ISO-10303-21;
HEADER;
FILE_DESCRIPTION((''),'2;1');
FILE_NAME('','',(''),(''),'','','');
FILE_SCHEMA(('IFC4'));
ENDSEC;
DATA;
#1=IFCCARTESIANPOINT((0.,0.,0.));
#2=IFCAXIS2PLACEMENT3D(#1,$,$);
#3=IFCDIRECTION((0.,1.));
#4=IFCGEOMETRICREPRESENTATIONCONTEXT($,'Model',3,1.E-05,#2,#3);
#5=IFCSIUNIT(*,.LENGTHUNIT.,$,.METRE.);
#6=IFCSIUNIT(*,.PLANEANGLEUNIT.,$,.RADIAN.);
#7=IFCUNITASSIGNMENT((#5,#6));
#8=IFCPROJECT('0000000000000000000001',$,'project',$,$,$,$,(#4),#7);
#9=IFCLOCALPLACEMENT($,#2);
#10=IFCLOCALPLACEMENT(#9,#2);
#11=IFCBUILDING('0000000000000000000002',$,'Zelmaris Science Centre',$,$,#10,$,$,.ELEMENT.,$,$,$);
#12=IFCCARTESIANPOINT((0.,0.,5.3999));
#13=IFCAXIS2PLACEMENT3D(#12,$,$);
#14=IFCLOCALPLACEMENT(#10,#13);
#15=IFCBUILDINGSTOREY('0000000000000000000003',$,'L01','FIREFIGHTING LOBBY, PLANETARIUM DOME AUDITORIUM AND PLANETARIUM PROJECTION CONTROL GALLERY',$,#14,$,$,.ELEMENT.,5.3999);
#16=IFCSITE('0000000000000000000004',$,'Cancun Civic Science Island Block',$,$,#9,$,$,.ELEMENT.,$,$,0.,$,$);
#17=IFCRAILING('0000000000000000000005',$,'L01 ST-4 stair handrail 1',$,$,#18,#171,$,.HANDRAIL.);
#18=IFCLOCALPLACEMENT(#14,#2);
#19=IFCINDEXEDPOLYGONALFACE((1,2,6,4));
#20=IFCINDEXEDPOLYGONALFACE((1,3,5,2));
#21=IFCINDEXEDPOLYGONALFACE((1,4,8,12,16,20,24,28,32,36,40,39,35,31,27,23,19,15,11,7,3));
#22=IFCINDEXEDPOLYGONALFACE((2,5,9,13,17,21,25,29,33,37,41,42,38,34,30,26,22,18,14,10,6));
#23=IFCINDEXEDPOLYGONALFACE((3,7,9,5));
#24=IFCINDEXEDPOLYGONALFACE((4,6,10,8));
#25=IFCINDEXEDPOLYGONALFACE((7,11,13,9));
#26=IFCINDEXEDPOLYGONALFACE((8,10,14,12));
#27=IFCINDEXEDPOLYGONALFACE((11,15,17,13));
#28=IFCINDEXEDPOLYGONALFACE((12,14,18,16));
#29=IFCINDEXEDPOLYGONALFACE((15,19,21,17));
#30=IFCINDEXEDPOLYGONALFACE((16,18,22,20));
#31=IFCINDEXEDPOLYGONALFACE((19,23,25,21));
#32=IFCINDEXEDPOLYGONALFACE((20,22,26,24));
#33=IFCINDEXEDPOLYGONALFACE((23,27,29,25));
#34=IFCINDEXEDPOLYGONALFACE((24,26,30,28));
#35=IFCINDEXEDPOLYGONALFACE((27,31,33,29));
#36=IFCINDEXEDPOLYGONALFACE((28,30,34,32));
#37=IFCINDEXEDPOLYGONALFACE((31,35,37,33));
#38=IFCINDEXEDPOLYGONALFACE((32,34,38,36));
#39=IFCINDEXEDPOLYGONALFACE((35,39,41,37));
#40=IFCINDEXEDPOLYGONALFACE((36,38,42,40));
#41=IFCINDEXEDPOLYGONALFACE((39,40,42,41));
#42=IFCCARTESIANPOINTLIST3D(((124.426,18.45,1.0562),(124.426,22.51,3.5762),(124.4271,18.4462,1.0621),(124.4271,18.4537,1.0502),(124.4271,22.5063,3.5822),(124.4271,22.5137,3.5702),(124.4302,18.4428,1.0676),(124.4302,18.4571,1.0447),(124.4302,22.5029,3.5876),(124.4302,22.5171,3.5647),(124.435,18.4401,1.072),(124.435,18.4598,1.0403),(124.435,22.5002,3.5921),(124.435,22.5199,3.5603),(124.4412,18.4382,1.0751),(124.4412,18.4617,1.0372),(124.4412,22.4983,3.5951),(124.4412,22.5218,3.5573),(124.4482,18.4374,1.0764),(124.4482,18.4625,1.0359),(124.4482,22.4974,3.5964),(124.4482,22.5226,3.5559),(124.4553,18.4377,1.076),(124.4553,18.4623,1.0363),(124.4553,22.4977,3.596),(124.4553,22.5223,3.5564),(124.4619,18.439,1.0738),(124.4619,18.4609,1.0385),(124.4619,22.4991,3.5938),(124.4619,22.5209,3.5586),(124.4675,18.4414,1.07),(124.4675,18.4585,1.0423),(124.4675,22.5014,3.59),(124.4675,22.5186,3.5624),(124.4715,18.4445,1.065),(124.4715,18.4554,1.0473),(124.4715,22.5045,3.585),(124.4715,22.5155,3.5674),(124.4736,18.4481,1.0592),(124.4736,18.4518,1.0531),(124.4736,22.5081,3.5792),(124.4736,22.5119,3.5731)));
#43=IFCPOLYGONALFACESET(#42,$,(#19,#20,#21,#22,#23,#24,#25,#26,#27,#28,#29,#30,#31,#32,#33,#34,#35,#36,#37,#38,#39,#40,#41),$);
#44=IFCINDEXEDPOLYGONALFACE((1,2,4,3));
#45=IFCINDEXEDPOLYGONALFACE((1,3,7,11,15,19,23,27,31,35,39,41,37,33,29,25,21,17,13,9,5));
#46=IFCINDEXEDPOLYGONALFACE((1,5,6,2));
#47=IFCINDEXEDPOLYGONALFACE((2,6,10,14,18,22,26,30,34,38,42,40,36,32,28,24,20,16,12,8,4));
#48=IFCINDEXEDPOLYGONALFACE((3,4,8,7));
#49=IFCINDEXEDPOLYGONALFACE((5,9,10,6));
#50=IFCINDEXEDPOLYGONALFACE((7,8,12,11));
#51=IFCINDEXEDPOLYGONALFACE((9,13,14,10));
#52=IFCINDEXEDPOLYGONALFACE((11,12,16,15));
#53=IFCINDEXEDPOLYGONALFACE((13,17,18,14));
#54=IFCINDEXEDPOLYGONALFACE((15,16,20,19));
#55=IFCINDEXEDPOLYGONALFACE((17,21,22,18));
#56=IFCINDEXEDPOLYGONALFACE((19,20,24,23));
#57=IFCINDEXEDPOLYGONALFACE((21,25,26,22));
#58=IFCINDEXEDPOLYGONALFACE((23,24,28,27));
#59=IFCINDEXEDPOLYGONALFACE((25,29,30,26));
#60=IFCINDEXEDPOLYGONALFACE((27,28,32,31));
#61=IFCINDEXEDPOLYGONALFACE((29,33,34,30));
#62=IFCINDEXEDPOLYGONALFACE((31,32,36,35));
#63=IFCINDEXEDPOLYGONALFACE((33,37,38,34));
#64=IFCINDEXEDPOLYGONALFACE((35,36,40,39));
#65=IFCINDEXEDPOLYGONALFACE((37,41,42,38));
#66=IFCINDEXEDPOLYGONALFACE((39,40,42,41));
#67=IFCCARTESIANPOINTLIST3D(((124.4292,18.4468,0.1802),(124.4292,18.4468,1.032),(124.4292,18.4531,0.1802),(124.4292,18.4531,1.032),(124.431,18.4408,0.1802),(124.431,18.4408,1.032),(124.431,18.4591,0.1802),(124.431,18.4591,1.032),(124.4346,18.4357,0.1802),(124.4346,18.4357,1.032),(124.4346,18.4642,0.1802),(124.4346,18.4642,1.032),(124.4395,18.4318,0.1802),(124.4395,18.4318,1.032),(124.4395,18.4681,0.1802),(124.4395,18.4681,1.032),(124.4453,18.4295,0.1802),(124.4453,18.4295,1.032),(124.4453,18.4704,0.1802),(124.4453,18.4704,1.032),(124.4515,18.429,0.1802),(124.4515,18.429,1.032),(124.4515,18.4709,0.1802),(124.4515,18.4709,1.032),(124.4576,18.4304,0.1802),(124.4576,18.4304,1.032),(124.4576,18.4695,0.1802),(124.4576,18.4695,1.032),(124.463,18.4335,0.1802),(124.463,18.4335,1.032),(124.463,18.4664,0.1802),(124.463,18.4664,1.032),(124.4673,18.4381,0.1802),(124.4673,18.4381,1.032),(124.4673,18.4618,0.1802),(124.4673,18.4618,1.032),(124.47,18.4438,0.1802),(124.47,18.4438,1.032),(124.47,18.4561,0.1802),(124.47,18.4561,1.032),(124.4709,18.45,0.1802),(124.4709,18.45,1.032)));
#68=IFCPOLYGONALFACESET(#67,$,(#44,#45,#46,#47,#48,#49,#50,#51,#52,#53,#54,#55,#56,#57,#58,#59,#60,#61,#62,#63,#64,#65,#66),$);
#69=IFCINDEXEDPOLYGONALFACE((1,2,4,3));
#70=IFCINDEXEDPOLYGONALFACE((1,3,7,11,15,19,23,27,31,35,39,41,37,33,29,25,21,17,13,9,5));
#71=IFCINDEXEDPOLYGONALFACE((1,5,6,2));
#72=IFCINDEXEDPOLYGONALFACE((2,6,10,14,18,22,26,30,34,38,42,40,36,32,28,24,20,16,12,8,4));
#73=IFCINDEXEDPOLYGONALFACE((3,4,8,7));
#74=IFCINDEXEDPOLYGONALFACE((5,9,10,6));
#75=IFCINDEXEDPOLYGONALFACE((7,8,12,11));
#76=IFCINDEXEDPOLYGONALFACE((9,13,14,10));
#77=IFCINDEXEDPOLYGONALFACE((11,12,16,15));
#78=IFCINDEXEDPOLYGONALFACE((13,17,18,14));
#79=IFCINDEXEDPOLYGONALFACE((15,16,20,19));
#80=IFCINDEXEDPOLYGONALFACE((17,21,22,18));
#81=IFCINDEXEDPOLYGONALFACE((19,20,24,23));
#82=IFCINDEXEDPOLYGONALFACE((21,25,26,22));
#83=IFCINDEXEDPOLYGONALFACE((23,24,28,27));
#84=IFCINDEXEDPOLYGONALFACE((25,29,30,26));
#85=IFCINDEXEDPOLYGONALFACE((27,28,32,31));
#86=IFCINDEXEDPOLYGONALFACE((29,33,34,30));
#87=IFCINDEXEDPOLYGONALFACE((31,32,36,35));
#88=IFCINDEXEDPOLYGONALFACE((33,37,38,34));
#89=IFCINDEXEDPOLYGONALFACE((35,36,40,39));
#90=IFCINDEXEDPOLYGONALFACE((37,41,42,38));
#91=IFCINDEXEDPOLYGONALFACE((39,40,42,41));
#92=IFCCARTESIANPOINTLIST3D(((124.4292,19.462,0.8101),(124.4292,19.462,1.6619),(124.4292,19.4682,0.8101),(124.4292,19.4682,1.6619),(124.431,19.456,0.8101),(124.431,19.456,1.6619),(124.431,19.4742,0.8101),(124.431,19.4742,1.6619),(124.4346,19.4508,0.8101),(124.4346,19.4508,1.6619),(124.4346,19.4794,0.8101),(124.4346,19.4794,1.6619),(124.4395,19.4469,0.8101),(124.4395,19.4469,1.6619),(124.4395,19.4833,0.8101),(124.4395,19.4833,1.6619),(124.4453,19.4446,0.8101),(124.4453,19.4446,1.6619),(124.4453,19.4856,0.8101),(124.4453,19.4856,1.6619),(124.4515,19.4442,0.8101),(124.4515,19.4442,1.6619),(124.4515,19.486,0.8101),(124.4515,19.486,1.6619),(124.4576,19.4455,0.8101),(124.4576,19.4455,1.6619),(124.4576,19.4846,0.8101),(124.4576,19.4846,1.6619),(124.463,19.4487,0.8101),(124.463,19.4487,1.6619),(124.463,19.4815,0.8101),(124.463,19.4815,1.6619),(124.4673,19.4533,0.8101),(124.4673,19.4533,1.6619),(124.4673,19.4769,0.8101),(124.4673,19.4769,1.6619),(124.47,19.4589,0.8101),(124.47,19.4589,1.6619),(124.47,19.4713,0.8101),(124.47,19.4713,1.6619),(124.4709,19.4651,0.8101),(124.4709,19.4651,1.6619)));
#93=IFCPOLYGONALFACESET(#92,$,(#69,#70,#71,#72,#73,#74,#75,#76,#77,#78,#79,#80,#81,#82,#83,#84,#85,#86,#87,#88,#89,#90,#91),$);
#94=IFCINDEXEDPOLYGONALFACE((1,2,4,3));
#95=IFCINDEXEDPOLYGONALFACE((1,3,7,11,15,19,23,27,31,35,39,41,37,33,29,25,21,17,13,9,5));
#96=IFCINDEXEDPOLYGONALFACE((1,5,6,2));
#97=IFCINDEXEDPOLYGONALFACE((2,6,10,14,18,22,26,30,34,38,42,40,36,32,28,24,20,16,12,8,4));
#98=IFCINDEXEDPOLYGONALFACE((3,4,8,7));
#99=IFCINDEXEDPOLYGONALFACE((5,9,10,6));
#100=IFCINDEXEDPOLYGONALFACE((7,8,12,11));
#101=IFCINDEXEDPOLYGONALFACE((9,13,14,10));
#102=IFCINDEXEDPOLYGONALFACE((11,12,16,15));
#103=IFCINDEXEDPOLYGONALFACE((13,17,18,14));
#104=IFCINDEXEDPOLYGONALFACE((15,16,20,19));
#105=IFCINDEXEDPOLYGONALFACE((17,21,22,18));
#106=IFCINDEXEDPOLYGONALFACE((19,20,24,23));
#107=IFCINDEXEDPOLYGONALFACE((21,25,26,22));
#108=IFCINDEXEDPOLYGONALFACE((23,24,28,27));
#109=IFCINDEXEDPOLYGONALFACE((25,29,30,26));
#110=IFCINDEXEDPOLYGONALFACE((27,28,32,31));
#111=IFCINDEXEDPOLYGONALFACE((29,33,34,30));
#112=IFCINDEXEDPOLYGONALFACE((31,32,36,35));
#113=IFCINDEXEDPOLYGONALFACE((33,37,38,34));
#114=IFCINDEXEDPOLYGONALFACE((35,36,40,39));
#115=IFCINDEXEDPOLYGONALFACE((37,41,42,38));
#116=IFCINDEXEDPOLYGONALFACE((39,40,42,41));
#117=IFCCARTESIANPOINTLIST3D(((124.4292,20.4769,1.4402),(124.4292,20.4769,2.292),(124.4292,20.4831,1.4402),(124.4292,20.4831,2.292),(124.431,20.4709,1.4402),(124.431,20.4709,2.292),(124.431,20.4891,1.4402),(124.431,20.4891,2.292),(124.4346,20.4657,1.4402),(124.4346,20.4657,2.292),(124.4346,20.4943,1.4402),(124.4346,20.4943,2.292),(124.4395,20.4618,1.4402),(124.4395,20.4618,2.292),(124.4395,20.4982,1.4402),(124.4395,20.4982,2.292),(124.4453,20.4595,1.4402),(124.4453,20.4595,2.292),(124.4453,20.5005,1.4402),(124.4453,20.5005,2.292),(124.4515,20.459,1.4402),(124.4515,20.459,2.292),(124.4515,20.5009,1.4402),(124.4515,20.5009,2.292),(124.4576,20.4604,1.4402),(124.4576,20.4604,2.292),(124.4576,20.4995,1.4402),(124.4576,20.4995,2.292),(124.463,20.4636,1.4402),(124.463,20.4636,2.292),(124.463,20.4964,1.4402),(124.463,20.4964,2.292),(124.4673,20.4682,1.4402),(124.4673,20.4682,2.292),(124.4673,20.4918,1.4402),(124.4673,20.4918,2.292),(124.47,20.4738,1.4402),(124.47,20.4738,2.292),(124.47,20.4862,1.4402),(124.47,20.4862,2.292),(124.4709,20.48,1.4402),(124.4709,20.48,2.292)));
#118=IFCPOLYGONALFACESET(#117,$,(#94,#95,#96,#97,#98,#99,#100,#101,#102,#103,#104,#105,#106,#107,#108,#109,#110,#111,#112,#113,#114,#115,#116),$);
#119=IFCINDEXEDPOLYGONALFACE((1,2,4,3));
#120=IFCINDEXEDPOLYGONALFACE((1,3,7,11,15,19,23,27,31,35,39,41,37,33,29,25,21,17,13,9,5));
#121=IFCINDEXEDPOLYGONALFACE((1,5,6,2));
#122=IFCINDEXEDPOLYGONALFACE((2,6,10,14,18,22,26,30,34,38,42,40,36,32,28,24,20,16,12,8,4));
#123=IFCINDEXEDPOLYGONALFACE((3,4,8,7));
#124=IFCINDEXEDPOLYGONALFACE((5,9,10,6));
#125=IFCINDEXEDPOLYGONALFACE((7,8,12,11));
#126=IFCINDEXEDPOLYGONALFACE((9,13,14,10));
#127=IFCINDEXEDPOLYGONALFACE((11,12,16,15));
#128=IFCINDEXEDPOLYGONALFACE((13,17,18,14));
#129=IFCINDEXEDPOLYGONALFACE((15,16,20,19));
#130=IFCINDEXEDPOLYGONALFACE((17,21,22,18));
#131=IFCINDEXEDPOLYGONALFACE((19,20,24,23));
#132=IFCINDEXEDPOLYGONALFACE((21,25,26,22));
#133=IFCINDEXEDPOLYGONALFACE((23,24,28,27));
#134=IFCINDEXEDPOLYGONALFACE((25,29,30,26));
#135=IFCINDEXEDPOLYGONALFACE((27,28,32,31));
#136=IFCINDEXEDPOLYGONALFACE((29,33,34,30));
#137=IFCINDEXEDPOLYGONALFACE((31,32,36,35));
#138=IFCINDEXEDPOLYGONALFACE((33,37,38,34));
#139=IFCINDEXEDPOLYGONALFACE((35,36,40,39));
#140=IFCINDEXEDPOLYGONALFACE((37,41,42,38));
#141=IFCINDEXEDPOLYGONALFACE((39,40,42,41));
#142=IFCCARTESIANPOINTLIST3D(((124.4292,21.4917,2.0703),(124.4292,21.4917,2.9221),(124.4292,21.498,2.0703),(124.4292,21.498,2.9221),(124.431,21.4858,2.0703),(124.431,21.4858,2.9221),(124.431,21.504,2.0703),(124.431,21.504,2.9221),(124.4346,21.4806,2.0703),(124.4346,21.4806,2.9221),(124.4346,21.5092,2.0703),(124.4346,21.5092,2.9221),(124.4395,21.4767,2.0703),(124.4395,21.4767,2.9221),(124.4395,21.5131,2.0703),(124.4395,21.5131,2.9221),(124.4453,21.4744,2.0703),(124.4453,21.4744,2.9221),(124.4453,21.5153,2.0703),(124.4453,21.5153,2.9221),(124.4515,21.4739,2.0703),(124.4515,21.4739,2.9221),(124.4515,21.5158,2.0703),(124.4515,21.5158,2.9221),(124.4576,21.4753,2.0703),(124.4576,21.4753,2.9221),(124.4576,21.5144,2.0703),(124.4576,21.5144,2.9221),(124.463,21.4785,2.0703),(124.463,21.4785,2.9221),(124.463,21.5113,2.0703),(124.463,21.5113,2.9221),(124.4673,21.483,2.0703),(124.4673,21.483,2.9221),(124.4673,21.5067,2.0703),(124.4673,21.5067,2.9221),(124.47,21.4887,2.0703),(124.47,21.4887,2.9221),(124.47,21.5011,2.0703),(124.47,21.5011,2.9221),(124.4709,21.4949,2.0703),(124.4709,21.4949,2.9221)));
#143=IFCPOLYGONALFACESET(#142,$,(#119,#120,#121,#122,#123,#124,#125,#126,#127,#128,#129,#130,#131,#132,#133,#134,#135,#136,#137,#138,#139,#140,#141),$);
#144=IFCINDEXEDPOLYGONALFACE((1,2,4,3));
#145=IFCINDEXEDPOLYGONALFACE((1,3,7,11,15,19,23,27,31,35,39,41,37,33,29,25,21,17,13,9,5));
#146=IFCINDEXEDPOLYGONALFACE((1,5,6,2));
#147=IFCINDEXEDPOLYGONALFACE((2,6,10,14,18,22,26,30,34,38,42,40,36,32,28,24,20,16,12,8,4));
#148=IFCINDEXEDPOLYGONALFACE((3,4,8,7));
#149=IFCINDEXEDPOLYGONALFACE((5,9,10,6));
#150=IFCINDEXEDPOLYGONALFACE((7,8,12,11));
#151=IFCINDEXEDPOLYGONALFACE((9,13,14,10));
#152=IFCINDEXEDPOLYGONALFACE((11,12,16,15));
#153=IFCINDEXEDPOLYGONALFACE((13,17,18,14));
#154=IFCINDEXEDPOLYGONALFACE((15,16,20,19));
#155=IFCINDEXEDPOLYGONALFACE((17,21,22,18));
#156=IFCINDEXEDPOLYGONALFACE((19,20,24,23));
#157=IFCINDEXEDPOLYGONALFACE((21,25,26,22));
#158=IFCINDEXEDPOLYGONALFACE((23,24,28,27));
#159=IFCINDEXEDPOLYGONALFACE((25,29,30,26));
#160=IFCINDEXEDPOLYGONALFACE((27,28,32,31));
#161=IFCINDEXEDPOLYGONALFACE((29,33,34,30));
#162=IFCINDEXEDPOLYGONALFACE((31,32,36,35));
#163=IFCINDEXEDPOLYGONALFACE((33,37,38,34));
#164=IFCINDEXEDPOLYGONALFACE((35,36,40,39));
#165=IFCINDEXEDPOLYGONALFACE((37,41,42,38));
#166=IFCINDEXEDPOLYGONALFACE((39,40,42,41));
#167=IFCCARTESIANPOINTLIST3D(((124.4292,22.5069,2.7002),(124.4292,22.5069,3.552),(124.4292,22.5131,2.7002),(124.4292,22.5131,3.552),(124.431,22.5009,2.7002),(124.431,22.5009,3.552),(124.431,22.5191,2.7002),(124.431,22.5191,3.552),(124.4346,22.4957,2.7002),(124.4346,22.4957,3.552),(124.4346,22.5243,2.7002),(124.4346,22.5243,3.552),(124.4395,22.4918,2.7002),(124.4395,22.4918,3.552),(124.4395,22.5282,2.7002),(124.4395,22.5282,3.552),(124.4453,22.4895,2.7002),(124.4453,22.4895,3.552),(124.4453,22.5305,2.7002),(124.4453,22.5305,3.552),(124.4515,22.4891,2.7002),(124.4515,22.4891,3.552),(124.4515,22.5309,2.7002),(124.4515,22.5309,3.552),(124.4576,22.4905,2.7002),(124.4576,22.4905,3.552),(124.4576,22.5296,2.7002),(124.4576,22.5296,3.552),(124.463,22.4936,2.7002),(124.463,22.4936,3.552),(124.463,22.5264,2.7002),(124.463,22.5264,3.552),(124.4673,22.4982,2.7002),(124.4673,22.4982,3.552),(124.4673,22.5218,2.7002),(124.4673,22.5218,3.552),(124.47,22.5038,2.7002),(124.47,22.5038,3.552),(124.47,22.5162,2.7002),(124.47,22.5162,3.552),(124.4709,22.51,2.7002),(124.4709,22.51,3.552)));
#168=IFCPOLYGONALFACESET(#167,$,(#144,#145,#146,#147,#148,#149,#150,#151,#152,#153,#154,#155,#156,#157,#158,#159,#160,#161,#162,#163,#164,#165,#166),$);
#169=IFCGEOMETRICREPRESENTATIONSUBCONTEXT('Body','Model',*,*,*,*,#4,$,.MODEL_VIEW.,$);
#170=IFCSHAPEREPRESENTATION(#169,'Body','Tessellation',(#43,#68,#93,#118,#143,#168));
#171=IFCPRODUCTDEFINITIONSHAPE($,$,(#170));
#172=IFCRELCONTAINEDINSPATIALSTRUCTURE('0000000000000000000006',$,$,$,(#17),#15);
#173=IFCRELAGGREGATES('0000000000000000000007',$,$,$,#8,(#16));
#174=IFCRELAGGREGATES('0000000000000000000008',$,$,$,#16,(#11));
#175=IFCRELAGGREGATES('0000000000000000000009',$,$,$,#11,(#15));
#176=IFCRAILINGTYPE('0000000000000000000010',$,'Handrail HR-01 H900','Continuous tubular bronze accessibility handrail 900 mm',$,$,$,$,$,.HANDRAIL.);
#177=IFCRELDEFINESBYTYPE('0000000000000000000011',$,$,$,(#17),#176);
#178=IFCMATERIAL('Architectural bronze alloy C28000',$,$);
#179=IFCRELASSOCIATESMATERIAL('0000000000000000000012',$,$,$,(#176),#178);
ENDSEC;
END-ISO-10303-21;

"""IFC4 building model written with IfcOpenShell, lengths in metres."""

from ifc_helpers import new_model, si_unit, direction, frame, origin, origin_2d, place, context, subcontext, project, spatial, circle, extrude, material, type_object, element, save


model = new_model("IFC4")

# Units and contexts
model_context = context("Model", 3, precision=1e-05, world=origin(), true_north=direction((0.0, 1.0)))
body_context = subcontext(model_context, "Body", "Model", "MODEL_VIEW")
ifc_project = project(units=[si_unit("LENGTHUNIT", "METRE"), si_unit("PLANEANGLEUNIT", "RADIAN")], contexts=[model_context])

# Site, building, storey
site_placement = place(None, origin())
site = spatial("IfcSite", under=ifc_project, at=site_placement, Name="Cancun Civic Science Island Block", CompositionType="ELEMENT", RefElevation=0.0)
building_placement = place(site_placement, origin())
building = spatial("IfcBuilding", under=site, at=building_placement, Name="Zelmaris Science Centre", CompositionType="ELEMENT")
storey_placement = place(building_placement, frame((0.0, 0.0, 5.3999)))
storey = spatial("IfcBuildingStorey", under=building, at=storey_placement, Name="L01", Description="FIREFIGHTING LOBBY, PLANETARIUM DOME AUDITORIUM AND PLANETARIUM PROJECTION CONTROL GALLERY", CompositionType="ELEMENT", Elevation=5.3999)

# Railing
ifc_material_1 = material(Name="Architectural bronze alloy C28000")
railing_type_1 = type_object("IfcRailingType", Name="Handrail HR-01 H900", Description="Continuous tubular bronze accessibility handrail 900 mm", PredefinedType="HANDRAIL", material=ifc_material_1)
railing_1_placement = place(storey_placement, frame((124.45, 18.45, 0.1802)))
element("IfcRailing", 1, at=railing_1_placement, inside=storey, type_object=railing_type_1, Name="L01 ST-4 stair handrail 1", PredefinedType="HANDRAIL", context=body_context, shape_type="SweptSolid", body=[
    extrude(circle(Radius=0.0239, at=origin_2d()), frame((0.0, 0.0, 0.876), z_axis=(0.0, 0.849642, 0.52736), x_axis=(-1.0, 0.0, 0.0)), (0.0, 0.0, 1.0), 4.7786),
    extrude(circle(Radius=0.021, at=origin_2d()), origin(), (0.0, 0.0, 1.0), 0.8518),
    extrude(circle(Radius=0.021, at=origin_2d()), frame((0.0, 1.0151, 0.6299)), (0.0, 0.0, 1.0), 0.8518),
    extrude(circle(Radius=0.021, at=origin_2d()), frame((0.0, 2.03, 1.26)), (0.0, 0.0, 1.0), 0.8518),
    extrude(circle(Radius=0.021, at=origin_2d()), frame((0.0, 3.0449, 1.8901)), (0.0, 0.0, 1.0), 0.8518),
    extrude(circle(Radius=0.021, at=origin_2d()), frame((0.0, 4.0601, 2.52)), (0.0, 0.0, 1.0), 0.8518),
])

save(model, "model.ifc")
